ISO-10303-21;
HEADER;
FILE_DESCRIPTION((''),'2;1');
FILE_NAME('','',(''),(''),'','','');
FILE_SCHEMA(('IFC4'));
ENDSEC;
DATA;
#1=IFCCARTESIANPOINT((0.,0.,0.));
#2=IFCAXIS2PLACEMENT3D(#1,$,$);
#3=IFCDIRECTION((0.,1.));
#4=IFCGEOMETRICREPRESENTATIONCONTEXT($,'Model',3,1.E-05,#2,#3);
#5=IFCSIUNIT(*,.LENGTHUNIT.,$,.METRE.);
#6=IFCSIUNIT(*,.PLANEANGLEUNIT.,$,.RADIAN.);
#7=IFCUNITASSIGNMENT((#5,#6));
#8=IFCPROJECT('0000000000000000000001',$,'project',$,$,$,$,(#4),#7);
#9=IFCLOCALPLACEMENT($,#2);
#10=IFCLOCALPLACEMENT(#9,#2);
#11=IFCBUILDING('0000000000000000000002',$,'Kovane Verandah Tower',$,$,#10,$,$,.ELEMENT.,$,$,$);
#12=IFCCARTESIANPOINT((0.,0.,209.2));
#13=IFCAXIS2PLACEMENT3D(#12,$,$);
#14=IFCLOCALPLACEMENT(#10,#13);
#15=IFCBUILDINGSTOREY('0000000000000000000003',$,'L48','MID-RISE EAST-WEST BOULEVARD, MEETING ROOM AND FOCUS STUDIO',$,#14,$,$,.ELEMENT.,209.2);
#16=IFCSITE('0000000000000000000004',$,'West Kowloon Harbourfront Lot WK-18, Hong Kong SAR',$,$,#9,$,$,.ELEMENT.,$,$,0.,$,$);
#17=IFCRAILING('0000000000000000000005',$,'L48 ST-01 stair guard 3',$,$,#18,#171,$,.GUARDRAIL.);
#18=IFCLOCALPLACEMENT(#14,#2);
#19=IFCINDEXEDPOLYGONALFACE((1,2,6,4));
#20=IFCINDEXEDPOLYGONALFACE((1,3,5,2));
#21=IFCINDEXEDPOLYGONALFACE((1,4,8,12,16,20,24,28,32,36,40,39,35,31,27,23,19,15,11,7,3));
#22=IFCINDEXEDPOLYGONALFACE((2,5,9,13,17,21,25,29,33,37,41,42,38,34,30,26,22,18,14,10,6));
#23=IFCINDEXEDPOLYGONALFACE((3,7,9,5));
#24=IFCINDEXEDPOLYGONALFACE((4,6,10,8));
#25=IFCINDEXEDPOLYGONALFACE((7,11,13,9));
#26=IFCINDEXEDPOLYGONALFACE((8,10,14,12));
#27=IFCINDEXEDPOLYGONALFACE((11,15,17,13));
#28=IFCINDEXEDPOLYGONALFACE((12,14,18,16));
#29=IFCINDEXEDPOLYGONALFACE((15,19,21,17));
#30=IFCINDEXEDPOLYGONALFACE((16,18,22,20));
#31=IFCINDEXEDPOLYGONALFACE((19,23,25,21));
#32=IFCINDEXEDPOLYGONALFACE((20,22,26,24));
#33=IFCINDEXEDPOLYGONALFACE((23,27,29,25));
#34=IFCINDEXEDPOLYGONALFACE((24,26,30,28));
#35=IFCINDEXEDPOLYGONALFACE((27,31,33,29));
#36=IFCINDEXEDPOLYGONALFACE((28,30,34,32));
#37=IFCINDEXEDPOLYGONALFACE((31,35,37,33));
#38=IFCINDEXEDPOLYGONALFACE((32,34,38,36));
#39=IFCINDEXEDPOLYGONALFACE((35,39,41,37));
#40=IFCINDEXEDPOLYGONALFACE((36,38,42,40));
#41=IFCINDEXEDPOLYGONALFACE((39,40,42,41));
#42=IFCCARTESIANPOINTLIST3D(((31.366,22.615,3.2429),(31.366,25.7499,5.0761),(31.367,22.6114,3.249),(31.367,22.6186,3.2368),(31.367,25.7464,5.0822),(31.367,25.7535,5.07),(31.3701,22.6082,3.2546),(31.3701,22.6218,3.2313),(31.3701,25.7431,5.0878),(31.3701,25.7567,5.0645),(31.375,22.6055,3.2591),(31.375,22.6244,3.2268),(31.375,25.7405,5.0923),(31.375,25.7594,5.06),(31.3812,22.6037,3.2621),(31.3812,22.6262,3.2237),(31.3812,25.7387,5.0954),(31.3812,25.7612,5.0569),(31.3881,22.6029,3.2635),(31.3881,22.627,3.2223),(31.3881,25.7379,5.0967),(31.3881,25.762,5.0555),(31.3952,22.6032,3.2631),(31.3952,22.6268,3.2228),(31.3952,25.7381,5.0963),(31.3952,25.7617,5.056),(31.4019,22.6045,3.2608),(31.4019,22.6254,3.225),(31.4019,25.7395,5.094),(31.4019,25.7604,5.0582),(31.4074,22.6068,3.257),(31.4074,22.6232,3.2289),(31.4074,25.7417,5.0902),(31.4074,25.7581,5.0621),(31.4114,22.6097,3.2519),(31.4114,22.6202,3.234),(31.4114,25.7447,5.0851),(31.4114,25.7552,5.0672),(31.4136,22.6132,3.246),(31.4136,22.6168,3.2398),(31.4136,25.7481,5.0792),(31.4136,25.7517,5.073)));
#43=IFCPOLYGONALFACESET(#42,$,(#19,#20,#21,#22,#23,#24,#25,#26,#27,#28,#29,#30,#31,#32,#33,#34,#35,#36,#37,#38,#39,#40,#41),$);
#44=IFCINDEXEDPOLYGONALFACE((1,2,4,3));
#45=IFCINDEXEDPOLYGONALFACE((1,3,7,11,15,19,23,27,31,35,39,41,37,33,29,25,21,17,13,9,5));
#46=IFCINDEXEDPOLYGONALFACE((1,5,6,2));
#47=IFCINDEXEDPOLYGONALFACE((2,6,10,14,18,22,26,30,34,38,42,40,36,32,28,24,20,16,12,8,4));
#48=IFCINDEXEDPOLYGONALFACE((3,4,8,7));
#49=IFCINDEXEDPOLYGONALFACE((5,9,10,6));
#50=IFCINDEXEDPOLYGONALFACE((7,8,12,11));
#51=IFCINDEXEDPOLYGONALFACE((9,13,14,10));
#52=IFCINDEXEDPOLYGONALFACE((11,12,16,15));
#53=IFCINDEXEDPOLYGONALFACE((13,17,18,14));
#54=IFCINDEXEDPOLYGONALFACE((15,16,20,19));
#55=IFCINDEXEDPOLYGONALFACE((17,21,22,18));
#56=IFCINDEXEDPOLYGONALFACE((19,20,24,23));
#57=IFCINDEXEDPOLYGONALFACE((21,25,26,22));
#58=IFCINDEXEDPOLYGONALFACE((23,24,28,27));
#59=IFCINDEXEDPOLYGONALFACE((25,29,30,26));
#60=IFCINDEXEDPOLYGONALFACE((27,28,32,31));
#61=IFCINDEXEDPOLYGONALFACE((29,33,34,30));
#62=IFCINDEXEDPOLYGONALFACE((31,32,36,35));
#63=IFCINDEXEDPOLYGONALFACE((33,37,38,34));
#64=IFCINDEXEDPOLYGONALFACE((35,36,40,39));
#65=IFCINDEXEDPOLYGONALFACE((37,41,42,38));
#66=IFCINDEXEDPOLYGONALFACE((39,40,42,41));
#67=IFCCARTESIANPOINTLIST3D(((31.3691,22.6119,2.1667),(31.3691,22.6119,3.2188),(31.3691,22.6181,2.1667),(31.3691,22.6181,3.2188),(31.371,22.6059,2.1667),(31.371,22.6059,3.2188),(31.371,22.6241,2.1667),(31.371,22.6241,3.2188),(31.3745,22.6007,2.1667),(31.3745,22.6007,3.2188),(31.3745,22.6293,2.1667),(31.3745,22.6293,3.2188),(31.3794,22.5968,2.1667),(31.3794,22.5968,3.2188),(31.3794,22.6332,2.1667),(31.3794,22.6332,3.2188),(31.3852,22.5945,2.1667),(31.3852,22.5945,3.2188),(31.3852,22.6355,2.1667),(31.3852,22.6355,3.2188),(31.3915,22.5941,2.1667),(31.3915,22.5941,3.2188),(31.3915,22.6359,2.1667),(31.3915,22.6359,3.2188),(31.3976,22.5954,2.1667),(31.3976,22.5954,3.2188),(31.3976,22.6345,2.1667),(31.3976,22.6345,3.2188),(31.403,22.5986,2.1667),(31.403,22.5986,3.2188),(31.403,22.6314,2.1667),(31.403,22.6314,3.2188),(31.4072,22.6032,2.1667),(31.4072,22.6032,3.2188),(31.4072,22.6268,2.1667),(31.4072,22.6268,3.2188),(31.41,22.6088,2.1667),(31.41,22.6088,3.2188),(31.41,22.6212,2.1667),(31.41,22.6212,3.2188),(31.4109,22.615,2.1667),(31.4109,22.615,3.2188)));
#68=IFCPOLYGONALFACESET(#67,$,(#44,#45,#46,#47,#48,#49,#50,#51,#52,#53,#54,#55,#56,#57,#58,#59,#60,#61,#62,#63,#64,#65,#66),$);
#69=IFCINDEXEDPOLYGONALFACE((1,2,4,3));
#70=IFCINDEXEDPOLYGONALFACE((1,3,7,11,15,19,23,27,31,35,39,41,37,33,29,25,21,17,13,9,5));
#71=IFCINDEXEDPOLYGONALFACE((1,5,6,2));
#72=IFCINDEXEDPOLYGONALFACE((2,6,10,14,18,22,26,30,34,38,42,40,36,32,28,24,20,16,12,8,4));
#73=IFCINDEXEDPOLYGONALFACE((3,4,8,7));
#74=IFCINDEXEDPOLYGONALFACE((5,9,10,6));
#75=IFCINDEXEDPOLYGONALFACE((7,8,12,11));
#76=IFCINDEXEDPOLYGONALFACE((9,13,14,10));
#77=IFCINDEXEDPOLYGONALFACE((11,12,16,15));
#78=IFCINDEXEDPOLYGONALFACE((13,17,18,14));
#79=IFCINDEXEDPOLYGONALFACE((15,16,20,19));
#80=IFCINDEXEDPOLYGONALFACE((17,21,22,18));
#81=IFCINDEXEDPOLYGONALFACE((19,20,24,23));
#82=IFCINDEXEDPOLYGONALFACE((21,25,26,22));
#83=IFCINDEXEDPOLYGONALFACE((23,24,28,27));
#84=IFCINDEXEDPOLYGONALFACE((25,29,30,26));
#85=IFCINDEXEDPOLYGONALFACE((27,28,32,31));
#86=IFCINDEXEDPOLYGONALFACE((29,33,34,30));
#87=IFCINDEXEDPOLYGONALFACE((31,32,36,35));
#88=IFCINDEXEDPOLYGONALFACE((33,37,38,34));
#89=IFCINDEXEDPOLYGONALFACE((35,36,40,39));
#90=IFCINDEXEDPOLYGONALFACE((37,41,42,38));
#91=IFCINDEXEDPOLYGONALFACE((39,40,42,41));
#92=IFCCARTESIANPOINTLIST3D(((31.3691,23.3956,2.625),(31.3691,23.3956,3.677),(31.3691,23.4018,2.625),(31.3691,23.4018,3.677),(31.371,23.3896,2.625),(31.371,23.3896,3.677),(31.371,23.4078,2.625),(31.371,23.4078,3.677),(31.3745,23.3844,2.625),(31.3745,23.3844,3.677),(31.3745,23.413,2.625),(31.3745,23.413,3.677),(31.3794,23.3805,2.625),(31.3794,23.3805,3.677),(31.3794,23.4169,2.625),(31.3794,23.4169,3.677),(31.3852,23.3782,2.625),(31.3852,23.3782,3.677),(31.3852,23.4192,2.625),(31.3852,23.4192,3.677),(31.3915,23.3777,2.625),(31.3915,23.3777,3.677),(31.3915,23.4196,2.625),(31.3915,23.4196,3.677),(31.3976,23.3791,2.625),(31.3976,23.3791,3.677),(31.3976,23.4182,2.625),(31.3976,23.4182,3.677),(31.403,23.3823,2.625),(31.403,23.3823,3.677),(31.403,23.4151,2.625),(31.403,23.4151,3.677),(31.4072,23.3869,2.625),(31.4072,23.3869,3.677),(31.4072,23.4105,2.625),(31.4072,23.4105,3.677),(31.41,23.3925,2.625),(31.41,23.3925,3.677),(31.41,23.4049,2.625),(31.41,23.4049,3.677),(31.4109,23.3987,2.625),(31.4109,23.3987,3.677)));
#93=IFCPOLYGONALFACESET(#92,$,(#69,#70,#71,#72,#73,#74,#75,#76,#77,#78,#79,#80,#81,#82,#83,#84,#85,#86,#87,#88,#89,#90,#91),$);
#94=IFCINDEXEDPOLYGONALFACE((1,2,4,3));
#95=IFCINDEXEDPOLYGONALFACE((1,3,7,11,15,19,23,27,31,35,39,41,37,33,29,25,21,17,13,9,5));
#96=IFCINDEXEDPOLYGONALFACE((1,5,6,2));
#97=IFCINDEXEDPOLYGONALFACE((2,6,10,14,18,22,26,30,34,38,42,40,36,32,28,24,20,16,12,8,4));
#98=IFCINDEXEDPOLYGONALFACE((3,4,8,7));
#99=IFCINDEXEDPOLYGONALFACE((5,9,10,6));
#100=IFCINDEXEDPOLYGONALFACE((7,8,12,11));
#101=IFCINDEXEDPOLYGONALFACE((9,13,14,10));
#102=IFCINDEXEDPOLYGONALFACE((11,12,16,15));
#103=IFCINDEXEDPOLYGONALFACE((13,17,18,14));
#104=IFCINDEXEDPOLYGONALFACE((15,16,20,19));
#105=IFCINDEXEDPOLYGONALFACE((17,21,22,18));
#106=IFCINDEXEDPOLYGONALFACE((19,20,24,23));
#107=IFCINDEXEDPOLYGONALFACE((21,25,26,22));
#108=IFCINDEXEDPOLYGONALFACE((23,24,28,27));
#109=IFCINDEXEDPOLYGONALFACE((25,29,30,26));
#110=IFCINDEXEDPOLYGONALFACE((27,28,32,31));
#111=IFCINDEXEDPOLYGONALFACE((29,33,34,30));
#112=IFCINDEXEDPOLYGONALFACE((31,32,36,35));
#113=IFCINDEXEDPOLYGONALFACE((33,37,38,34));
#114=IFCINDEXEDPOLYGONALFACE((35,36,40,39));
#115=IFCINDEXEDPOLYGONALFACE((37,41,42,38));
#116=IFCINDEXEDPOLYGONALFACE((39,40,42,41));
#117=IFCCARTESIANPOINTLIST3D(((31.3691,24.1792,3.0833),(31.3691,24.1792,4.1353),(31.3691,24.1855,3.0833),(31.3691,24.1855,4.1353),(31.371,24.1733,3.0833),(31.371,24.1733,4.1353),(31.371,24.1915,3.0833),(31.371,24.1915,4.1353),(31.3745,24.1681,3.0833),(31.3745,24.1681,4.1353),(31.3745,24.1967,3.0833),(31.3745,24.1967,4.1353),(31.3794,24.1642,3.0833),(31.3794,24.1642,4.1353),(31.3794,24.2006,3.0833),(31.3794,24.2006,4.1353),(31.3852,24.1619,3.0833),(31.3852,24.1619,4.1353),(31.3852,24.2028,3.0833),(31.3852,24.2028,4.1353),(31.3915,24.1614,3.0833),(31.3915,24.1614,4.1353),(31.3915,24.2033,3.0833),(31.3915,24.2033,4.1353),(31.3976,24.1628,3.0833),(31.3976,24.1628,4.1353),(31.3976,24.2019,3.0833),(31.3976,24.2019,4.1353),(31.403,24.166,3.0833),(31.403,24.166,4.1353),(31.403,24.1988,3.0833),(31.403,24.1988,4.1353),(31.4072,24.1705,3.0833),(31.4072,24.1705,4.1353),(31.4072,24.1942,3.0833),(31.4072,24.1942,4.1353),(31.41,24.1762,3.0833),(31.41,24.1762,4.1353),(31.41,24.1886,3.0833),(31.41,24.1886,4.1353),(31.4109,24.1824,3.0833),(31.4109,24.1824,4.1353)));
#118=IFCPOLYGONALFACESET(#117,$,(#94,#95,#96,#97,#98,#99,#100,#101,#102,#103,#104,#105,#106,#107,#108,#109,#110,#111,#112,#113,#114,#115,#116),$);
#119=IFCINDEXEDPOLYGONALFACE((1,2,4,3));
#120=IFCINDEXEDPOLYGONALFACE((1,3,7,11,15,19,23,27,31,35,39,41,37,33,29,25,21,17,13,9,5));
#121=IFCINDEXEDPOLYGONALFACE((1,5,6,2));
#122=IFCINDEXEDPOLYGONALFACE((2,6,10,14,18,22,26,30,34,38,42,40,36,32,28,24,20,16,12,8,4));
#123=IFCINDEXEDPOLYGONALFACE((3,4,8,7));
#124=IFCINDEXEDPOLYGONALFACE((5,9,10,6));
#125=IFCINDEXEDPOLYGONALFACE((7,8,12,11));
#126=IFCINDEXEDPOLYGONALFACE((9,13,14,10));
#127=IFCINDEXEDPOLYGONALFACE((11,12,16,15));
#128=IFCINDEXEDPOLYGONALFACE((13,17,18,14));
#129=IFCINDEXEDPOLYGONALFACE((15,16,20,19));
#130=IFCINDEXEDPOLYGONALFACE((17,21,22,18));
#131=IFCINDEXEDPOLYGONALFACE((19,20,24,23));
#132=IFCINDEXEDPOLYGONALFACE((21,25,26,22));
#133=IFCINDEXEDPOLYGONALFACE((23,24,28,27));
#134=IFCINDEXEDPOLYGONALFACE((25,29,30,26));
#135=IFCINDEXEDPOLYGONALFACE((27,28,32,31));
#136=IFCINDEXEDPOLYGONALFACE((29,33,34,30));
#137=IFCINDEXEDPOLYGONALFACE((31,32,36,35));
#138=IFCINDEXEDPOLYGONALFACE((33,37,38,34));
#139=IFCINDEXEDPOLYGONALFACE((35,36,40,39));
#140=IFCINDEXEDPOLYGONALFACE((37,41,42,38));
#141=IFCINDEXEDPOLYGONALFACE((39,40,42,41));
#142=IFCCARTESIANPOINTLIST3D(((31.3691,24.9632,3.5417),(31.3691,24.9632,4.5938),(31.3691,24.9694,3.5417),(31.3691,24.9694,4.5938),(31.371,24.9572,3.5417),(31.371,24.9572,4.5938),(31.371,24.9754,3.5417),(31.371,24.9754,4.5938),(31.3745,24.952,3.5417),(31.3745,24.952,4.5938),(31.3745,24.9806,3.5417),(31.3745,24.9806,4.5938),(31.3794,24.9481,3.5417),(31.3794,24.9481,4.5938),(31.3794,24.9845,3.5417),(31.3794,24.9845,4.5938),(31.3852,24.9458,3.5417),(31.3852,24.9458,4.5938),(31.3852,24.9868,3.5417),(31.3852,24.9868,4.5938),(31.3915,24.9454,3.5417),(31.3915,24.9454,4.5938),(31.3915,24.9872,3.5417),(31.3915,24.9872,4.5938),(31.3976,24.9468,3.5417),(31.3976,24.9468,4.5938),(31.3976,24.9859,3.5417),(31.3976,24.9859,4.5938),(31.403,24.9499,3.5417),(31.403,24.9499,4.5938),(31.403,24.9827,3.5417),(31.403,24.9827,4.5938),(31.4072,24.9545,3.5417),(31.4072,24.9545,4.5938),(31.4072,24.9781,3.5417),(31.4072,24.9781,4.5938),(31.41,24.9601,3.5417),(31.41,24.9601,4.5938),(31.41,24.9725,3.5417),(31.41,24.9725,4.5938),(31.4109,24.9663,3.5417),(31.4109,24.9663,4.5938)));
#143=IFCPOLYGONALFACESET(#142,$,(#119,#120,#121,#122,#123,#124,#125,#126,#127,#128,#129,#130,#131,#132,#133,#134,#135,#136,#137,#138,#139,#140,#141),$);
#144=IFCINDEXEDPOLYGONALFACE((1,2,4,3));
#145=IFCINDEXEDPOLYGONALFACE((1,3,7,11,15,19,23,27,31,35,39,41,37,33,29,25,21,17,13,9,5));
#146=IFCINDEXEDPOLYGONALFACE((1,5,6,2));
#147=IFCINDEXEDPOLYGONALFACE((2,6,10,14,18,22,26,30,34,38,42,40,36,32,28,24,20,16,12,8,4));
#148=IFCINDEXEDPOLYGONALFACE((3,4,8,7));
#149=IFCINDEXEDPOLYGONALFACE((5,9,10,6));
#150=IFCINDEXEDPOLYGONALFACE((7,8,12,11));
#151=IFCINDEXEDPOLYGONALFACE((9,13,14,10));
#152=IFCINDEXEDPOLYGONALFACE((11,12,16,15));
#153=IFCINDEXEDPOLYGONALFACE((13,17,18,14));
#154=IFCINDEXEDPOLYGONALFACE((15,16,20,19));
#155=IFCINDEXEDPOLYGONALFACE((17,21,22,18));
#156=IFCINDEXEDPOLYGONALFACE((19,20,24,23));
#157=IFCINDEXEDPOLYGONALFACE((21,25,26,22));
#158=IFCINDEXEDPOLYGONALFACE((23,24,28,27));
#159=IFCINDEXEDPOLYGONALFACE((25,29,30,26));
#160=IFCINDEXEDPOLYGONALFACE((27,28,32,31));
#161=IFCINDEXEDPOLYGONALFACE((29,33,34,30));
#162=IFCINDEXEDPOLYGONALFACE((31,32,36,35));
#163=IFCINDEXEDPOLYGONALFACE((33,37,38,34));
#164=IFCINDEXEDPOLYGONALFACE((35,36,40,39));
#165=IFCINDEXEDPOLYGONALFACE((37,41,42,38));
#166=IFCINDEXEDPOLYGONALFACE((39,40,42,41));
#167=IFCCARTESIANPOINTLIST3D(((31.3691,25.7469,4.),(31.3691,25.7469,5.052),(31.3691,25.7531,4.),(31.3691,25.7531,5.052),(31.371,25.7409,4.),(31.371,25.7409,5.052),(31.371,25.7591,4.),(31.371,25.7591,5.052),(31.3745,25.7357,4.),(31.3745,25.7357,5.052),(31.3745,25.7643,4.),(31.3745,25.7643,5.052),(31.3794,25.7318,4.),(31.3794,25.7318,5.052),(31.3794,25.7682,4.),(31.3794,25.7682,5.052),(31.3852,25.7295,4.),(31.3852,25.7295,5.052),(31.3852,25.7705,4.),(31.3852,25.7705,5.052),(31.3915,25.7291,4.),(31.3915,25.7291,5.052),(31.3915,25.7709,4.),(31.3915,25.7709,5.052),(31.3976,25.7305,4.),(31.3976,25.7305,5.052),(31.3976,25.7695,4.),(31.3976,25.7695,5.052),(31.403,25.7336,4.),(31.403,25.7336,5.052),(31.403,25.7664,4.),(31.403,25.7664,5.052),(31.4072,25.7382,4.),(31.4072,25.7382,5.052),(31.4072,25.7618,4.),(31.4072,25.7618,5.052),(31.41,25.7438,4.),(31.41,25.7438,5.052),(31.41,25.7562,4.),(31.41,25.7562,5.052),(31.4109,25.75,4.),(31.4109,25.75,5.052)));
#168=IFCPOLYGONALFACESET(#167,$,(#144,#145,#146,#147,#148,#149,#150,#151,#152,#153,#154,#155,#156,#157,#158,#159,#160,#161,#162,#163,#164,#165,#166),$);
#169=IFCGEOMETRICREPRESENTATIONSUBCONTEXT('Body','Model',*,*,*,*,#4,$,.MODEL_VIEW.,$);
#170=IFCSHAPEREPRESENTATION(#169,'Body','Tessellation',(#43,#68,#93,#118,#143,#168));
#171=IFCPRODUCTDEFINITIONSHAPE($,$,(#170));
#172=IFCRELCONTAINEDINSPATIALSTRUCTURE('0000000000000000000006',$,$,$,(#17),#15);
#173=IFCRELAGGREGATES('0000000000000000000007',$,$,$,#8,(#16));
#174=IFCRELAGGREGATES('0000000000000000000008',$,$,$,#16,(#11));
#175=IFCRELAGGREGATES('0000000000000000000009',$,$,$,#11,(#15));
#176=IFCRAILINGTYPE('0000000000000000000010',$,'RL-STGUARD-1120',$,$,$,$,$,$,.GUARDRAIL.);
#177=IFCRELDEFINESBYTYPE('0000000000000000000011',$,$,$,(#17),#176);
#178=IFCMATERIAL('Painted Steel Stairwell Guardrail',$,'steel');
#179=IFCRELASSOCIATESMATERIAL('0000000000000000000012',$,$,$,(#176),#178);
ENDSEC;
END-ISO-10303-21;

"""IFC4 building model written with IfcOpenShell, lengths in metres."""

from ifc_helpers import new_model, si_unit, direction, frame, origin, origin_2d, place, context, subcontext, project, spatial, circle, extrude, material, type_object, element, save


model = new_model("IFC4")

# Units and contexts
model_context = context("Model", 3, precision=1e-05, world=origin(), true_north=direction((0.0, 1.0)))
body_context = subcontext(model_context, "Body", "Model", "MODEL_VIEW")
ifc_project = project(units=[si_unit("LENGTHUNIT", "METRE"), si_unit("PLANEANGLEUNIT", "RADIAN")], contexts=[model_context])

# Site, building, storey
site_placement = place(None, origin())
site = spatial("IfcSite", under=ifc_project, at=site_placement, Name="West Kowloon Harbourfront Lot WK-18, Hong Kong SAR", CompositionType="ELEMENT", RefElevation=0.0)
building_placement = place(site_placement, origin())
building = spatial("IfcBuilding", under=site, at=building_placement, Name="Kovane Verandah Tower", CompositionType="ELEMENT")
storey_placement = place(building_placement, frame((0.0, 0.0, 209.2)))
storey = spatial("IfcBuildingStorey", under=building, at=storey_placement, Name="L48", Description="MID-RISE EAST-WEST BOULEVARD, MEETING ROOM AND FOCUS STUDIO", CompositionType="ELEMENT", Elevation=209.2)

# Railing
ifc_material_1 = material(Name="Painted Steel Stairwell Guardrail", Category="steel")
railing_type_1 = type_object("IfcRailingType", Name="RL-STGUARD-1120", PredefinedType="GUARDRAIL", material=ifc_material_1)
railing_1_placement = place(storey_placement, frame((31.3899, 22.615, 2.1667)))
element("IfcRailing", 1, at=railing_1_placement, inside=storey, type_object=railing_type_1, Name="L48 ST-01 stair guard 3", PredefinedType="GUARDRAIL", context=body_context, shape_type="SweptSolid", body=[
    extrude(circle(Radius=0.0239, at=origin_2d()), frame((0.0, 0.0, 1.0762), z_axis=(0.0, 0.86324, 0.504794), x_axis=(-1.0, 0.0, 0.0)), (0.0, 0.0, 1.0), 3.6316),
    extrude(circle(Radius=0.021, at=origin_2d()), origin(), (0.0, 0.0, 1.0), 1.052),
    extrude(circle(Radius=0.021, at=origin_2d()), frame((0.0, 0.7837, 0.4583)), (0.0, 0.0, 1.0), 1.052),
    extrude(circle(Radius=0.021, at=origin_2d()), frame((0.0, 1.5674, 0.9165)), (0.0, 0.0, 1.0), 1.052),
    extrude(circle(Radius=0.021, at=origin_2d()), frame((0.0, 2.3513, 1.375)), (0.0, 0.0, 1.0), 1.052),
    extrude(circle(Radius=0.021, at=origin_2d()), frame((0.0, 3.135, 1.8333)), (0.0, 0.0, 1.0), 1.052),
])

save(model, "model.ifc")
